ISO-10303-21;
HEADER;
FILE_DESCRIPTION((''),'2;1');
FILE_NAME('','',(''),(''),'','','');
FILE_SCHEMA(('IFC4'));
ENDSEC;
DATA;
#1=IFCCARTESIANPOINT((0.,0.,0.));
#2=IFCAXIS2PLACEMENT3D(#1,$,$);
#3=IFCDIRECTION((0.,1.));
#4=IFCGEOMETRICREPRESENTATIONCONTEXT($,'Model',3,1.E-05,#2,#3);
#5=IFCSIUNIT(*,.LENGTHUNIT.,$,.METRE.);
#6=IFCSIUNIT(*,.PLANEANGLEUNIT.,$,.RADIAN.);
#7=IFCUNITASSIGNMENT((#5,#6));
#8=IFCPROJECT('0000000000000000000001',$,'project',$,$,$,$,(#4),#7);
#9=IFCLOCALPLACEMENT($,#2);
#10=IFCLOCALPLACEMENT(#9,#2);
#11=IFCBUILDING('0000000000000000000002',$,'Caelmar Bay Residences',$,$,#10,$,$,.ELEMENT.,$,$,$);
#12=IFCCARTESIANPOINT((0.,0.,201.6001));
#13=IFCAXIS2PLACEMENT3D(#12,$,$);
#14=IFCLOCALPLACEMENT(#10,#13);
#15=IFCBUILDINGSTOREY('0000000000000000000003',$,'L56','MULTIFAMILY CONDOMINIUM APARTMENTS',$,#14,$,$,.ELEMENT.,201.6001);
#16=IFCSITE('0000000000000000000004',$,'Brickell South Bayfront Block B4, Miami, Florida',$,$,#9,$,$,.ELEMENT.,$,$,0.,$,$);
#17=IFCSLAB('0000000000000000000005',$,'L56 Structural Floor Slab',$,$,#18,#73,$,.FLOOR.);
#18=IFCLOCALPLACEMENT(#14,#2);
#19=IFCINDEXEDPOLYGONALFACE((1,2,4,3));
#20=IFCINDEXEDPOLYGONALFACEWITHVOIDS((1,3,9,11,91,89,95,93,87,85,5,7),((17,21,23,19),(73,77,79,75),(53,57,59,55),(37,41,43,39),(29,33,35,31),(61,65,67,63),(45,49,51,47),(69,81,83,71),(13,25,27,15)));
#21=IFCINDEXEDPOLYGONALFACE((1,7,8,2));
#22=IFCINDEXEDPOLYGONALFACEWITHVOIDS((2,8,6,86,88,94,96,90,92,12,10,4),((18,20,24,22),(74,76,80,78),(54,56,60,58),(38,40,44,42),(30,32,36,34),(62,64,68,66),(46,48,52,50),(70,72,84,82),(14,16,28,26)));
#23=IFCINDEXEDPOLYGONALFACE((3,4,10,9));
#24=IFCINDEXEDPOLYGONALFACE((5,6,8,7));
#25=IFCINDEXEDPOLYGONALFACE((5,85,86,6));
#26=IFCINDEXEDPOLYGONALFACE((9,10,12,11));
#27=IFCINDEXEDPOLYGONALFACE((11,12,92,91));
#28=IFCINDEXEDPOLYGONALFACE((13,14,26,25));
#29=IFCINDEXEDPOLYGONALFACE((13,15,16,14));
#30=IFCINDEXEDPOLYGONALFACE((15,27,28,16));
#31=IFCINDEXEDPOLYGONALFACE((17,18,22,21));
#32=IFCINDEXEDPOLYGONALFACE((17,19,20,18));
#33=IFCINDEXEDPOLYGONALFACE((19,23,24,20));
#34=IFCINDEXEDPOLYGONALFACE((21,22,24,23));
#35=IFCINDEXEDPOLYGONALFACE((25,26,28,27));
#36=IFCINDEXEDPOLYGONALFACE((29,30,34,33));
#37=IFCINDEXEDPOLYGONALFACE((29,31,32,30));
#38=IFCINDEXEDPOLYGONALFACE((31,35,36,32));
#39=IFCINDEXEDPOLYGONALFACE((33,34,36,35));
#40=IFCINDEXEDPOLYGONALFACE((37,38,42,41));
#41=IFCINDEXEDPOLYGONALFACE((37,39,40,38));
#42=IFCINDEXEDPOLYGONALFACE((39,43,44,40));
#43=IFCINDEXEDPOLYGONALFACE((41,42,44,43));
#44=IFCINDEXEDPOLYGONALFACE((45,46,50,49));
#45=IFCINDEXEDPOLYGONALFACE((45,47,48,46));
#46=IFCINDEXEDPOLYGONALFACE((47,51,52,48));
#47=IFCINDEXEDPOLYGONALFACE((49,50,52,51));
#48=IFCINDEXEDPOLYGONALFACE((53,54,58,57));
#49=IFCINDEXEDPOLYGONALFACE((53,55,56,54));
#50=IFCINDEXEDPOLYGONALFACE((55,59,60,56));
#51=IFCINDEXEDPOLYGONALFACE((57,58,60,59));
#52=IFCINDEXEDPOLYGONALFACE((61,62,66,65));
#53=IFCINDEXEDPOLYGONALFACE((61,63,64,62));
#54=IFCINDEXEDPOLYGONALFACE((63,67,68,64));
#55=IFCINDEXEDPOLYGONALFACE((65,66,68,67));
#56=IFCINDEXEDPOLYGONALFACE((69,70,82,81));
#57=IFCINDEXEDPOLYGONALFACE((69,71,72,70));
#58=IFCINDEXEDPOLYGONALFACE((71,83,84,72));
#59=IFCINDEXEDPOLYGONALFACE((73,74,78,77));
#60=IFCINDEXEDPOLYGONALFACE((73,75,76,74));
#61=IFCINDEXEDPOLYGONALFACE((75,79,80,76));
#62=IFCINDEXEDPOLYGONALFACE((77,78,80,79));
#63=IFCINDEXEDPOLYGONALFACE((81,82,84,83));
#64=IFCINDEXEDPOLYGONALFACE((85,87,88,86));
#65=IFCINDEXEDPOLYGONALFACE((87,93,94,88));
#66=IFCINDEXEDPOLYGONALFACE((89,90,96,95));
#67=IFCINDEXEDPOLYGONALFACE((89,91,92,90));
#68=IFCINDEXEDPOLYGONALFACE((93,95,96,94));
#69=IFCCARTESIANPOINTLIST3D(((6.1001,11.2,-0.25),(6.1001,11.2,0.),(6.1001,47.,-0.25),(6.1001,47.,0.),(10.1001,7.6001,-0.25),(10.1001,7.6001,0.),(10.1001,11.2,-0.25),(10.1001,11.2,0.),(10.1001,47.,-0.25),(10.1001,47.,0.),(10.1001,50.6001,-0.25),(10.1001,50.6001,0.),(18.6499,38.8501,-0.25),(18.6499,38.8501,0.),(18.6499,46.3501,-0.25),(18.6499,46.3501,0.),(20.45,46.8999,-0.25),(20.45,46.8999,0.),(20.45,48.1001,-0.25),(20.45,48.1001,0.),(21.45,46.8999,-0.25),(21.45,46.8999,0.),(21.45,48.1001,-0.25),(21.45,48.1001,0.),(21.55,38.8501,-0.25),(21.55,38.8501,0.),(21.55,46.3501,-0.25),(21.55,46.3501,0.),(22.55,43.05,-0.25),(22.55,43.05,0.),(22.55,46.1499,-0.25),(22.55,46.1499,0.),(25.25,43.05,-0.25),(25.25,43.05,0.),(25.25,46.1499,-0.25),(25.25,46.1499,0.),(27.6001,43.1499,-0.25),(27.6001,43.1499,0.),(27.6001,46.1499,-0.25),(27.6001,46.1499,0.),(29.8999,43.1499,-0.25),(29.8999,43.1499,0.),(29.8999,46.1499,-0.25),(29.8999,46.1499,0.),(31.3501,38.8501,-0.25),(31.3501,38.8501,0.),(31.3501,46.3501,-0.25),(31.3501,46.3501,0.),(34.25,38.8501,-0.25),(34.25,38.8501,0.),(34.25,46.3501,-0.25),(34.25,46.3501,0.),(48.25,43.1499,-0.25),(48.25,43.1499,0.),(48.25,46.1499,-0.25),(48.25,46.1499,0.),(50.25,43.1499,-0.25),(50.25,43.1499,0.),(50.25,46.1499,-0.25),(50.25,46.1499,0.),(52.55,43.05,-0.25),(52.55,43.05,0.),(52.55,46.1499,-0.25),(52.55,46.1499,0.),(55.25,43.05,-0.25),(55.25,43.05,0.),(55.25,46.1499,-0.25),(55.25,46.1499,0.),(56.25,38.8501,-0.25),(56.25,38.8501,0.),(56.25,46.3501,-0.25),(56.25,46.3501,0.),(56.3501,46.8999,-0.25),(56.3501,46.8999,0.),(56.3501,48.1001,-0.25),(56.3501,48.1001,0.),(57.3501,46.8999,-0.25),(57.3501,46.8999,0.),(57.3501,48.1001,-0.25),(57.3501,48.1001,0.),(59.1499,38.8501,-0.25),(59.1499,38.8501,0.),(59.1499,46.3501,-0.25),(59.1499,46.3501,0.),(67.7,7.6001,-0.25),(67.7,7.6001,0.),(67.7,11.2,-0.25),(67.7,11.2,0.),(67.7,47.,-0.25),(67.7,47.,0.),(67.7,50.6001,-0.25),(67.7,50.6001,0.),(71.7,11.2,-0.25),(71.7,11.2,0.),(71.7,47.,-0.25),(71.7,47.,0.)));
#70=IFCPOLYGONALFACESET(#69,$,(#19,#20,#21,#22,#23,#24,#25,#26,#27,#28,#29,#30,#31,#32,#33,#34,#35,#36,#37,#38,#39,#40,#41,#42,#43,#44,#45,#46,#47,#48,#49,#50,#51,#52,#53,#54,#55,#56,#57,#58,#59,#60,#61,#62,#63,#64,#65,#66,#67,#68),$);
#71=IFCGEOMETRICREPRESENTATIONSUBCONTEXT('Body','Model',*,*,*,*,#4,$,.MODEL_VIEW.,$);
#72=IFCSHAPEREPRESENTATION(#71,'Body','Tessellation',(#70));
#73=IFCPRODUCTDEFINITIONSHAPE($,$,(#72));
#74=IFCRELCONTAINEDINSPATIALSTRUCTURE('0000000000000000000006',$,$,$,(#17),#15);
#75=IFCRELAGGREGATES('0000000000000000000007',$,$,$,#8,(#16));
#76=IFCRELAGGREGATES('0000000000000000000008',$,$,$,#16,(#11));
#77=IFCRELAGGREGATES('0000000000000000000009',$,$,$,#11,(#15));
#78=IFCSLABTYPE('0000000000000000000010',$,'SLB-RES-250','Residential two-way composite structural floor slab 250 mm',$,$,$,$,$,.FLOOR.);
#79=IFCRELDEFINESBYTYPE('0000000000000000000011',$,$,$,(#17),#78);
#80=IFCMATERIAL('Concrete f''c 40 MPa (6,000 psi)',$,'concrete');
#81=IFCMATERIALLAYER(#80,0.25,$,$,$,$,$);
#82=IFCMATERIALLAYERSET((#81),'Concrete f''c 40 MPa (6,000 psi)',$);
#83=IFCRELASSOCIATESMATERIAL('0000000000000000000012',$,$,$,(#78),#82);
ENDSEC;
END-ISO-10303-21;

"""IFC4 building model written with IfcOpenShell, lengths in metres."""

from ifc_helpers import new_model, si_unit, direction, frame, origin, place, context, subcontext, project, spatial, polyline, outline, extrude, material, layer, layer_set, type_object, element, save


model = new_model("IFC4")

# Units and contexts
model_context = context("Model", 3, precision=1e-05, world=origin(), true_north=direction((0.0, 1.0)))
body_context = subcontext(model_context, "Body", "Model", "MODEL_VIEW")
ifc_project = project(units=[si_unit("LENGTHUNIT", "METRE"), si_unit("PLANEANGLEUNIT", "RADIAN")], contexts=[model_context])

# Site, building, storey
site_placement = place(None, origin())
site = spatial("IfcSite", under=ifc_project, at=site_placement, Name="Brickell South Bayfront Block B4, Miami, Florida", CompositionType="ELEMENT", RefElevation=0.0)
building_placement = place(site_placement, origin())
building = spatial("IfcBuilding", under=site, at=building_placement, Name="Caelmar Bay Residences", CompositionType="ELEMENT")
storey_placement = place(building_placement, frame((0.0, 0.0, 201.6001)))
storey = spatial("IfcBuildingStorey", under=building, at=storey_placement, Name="L56", Description="MULTIFAMILY CONDOMINIUM APARTMENTS", CompositionType="ELEMENT", Elevation=201.6001)

# Shared definitions
ifc_material_1 = material(Name="Concrete f'c 40 MPa (6,000 psi)", Category="concrete")

# Slab
ifc_layer_1 = layer(ifc_material_1, 0.25)
ifc_layer_set_1 = layer_set([ifc_layer_1], Name="Concrete f'c 40 MPa (6,000 psi)")
slab_type_1 = type_object("IfcSlabType", Name="SLB-RES-250", Description="Residential two-way composite structural floor slab 250 mm", PredefinedType="FLOOR", material=ifc_layer_set_1)
slab_1_placement = place(storey_placement, frame((0.0, 0.0, -0.25)))
element("IfcSlab", 1, at=slab_1_placement, inside=storey, type_object=slab_type_1, Name="L56 Structural Floor Slab", PredefinedType="FLOOR", context=body_context, shape_type="SweptSolid", body=[
    extrude(outline(polyline([(10.1001, 7.6001), (67.7, 7.6001), (67.7, 11.2), (71.7, 11.2), (71.7, 47.0), (67.7, 47.0), (67.7, 50.6001), (10.1001, 50.6001), (10.1001, 47.0), (6.1001, 47.0), (6.1001, 11.2), (10.1001, 11.2), (10.1001, 7.6001)]), holes=[polyline([(18.6499, 38.8501), (21.55, 38.8501), (21.55, 46.3501), (18.6499, 46.3501), (18.6499, 38.8501)]), polyline([(56.25, 38.8501), (59.1499, 38.8501), (59.1499, 46.3501), (56.25, 46.3501), (56.25, 38.8501)]), polyline([(31.3501, 38.8501), (34.25, 38.8501), (34.25, 46.3501), (31.3501, 46.3501), (31.3501, 38.8501)]), polyline([(22.55, 43.05), (25.25, 43.05), (25.25, 46.1499), (22.55, 46.1499), (22.55, 43.05)]), polyline([(52.55, 43.05), (55.25, 43.05), (55.25, 46.1499), (52.55, 46.1499), (52.55, 43.05)]), polyline([(48.25, 43.1499), (50.25, 43.1499), (50.25, 46.1499), (48.25, 46.1499), (48.25, 43.1499)]), polyline([(27.6001, 43.1499), (29.8999, 43.1499), (29.8999, 46.1499), (27.6001, 46.1499), (27.6001, 43.1499)]), polyline([(20.45, 46.8999), (21.45, 46.8999), (21.45, 48.1001), (20.45, 48.1001), (20.45, 46.8999)]), polyline([(56.3501, 46.8999), (57.3501, 46.8999), (57.3501, 48.1001), (56.3501, 48.1001), (56.3501, 46.8999)])]), origin(), (0.0, 0.0, 1.0), 0.25),
])

save(model, "model.ifc")
